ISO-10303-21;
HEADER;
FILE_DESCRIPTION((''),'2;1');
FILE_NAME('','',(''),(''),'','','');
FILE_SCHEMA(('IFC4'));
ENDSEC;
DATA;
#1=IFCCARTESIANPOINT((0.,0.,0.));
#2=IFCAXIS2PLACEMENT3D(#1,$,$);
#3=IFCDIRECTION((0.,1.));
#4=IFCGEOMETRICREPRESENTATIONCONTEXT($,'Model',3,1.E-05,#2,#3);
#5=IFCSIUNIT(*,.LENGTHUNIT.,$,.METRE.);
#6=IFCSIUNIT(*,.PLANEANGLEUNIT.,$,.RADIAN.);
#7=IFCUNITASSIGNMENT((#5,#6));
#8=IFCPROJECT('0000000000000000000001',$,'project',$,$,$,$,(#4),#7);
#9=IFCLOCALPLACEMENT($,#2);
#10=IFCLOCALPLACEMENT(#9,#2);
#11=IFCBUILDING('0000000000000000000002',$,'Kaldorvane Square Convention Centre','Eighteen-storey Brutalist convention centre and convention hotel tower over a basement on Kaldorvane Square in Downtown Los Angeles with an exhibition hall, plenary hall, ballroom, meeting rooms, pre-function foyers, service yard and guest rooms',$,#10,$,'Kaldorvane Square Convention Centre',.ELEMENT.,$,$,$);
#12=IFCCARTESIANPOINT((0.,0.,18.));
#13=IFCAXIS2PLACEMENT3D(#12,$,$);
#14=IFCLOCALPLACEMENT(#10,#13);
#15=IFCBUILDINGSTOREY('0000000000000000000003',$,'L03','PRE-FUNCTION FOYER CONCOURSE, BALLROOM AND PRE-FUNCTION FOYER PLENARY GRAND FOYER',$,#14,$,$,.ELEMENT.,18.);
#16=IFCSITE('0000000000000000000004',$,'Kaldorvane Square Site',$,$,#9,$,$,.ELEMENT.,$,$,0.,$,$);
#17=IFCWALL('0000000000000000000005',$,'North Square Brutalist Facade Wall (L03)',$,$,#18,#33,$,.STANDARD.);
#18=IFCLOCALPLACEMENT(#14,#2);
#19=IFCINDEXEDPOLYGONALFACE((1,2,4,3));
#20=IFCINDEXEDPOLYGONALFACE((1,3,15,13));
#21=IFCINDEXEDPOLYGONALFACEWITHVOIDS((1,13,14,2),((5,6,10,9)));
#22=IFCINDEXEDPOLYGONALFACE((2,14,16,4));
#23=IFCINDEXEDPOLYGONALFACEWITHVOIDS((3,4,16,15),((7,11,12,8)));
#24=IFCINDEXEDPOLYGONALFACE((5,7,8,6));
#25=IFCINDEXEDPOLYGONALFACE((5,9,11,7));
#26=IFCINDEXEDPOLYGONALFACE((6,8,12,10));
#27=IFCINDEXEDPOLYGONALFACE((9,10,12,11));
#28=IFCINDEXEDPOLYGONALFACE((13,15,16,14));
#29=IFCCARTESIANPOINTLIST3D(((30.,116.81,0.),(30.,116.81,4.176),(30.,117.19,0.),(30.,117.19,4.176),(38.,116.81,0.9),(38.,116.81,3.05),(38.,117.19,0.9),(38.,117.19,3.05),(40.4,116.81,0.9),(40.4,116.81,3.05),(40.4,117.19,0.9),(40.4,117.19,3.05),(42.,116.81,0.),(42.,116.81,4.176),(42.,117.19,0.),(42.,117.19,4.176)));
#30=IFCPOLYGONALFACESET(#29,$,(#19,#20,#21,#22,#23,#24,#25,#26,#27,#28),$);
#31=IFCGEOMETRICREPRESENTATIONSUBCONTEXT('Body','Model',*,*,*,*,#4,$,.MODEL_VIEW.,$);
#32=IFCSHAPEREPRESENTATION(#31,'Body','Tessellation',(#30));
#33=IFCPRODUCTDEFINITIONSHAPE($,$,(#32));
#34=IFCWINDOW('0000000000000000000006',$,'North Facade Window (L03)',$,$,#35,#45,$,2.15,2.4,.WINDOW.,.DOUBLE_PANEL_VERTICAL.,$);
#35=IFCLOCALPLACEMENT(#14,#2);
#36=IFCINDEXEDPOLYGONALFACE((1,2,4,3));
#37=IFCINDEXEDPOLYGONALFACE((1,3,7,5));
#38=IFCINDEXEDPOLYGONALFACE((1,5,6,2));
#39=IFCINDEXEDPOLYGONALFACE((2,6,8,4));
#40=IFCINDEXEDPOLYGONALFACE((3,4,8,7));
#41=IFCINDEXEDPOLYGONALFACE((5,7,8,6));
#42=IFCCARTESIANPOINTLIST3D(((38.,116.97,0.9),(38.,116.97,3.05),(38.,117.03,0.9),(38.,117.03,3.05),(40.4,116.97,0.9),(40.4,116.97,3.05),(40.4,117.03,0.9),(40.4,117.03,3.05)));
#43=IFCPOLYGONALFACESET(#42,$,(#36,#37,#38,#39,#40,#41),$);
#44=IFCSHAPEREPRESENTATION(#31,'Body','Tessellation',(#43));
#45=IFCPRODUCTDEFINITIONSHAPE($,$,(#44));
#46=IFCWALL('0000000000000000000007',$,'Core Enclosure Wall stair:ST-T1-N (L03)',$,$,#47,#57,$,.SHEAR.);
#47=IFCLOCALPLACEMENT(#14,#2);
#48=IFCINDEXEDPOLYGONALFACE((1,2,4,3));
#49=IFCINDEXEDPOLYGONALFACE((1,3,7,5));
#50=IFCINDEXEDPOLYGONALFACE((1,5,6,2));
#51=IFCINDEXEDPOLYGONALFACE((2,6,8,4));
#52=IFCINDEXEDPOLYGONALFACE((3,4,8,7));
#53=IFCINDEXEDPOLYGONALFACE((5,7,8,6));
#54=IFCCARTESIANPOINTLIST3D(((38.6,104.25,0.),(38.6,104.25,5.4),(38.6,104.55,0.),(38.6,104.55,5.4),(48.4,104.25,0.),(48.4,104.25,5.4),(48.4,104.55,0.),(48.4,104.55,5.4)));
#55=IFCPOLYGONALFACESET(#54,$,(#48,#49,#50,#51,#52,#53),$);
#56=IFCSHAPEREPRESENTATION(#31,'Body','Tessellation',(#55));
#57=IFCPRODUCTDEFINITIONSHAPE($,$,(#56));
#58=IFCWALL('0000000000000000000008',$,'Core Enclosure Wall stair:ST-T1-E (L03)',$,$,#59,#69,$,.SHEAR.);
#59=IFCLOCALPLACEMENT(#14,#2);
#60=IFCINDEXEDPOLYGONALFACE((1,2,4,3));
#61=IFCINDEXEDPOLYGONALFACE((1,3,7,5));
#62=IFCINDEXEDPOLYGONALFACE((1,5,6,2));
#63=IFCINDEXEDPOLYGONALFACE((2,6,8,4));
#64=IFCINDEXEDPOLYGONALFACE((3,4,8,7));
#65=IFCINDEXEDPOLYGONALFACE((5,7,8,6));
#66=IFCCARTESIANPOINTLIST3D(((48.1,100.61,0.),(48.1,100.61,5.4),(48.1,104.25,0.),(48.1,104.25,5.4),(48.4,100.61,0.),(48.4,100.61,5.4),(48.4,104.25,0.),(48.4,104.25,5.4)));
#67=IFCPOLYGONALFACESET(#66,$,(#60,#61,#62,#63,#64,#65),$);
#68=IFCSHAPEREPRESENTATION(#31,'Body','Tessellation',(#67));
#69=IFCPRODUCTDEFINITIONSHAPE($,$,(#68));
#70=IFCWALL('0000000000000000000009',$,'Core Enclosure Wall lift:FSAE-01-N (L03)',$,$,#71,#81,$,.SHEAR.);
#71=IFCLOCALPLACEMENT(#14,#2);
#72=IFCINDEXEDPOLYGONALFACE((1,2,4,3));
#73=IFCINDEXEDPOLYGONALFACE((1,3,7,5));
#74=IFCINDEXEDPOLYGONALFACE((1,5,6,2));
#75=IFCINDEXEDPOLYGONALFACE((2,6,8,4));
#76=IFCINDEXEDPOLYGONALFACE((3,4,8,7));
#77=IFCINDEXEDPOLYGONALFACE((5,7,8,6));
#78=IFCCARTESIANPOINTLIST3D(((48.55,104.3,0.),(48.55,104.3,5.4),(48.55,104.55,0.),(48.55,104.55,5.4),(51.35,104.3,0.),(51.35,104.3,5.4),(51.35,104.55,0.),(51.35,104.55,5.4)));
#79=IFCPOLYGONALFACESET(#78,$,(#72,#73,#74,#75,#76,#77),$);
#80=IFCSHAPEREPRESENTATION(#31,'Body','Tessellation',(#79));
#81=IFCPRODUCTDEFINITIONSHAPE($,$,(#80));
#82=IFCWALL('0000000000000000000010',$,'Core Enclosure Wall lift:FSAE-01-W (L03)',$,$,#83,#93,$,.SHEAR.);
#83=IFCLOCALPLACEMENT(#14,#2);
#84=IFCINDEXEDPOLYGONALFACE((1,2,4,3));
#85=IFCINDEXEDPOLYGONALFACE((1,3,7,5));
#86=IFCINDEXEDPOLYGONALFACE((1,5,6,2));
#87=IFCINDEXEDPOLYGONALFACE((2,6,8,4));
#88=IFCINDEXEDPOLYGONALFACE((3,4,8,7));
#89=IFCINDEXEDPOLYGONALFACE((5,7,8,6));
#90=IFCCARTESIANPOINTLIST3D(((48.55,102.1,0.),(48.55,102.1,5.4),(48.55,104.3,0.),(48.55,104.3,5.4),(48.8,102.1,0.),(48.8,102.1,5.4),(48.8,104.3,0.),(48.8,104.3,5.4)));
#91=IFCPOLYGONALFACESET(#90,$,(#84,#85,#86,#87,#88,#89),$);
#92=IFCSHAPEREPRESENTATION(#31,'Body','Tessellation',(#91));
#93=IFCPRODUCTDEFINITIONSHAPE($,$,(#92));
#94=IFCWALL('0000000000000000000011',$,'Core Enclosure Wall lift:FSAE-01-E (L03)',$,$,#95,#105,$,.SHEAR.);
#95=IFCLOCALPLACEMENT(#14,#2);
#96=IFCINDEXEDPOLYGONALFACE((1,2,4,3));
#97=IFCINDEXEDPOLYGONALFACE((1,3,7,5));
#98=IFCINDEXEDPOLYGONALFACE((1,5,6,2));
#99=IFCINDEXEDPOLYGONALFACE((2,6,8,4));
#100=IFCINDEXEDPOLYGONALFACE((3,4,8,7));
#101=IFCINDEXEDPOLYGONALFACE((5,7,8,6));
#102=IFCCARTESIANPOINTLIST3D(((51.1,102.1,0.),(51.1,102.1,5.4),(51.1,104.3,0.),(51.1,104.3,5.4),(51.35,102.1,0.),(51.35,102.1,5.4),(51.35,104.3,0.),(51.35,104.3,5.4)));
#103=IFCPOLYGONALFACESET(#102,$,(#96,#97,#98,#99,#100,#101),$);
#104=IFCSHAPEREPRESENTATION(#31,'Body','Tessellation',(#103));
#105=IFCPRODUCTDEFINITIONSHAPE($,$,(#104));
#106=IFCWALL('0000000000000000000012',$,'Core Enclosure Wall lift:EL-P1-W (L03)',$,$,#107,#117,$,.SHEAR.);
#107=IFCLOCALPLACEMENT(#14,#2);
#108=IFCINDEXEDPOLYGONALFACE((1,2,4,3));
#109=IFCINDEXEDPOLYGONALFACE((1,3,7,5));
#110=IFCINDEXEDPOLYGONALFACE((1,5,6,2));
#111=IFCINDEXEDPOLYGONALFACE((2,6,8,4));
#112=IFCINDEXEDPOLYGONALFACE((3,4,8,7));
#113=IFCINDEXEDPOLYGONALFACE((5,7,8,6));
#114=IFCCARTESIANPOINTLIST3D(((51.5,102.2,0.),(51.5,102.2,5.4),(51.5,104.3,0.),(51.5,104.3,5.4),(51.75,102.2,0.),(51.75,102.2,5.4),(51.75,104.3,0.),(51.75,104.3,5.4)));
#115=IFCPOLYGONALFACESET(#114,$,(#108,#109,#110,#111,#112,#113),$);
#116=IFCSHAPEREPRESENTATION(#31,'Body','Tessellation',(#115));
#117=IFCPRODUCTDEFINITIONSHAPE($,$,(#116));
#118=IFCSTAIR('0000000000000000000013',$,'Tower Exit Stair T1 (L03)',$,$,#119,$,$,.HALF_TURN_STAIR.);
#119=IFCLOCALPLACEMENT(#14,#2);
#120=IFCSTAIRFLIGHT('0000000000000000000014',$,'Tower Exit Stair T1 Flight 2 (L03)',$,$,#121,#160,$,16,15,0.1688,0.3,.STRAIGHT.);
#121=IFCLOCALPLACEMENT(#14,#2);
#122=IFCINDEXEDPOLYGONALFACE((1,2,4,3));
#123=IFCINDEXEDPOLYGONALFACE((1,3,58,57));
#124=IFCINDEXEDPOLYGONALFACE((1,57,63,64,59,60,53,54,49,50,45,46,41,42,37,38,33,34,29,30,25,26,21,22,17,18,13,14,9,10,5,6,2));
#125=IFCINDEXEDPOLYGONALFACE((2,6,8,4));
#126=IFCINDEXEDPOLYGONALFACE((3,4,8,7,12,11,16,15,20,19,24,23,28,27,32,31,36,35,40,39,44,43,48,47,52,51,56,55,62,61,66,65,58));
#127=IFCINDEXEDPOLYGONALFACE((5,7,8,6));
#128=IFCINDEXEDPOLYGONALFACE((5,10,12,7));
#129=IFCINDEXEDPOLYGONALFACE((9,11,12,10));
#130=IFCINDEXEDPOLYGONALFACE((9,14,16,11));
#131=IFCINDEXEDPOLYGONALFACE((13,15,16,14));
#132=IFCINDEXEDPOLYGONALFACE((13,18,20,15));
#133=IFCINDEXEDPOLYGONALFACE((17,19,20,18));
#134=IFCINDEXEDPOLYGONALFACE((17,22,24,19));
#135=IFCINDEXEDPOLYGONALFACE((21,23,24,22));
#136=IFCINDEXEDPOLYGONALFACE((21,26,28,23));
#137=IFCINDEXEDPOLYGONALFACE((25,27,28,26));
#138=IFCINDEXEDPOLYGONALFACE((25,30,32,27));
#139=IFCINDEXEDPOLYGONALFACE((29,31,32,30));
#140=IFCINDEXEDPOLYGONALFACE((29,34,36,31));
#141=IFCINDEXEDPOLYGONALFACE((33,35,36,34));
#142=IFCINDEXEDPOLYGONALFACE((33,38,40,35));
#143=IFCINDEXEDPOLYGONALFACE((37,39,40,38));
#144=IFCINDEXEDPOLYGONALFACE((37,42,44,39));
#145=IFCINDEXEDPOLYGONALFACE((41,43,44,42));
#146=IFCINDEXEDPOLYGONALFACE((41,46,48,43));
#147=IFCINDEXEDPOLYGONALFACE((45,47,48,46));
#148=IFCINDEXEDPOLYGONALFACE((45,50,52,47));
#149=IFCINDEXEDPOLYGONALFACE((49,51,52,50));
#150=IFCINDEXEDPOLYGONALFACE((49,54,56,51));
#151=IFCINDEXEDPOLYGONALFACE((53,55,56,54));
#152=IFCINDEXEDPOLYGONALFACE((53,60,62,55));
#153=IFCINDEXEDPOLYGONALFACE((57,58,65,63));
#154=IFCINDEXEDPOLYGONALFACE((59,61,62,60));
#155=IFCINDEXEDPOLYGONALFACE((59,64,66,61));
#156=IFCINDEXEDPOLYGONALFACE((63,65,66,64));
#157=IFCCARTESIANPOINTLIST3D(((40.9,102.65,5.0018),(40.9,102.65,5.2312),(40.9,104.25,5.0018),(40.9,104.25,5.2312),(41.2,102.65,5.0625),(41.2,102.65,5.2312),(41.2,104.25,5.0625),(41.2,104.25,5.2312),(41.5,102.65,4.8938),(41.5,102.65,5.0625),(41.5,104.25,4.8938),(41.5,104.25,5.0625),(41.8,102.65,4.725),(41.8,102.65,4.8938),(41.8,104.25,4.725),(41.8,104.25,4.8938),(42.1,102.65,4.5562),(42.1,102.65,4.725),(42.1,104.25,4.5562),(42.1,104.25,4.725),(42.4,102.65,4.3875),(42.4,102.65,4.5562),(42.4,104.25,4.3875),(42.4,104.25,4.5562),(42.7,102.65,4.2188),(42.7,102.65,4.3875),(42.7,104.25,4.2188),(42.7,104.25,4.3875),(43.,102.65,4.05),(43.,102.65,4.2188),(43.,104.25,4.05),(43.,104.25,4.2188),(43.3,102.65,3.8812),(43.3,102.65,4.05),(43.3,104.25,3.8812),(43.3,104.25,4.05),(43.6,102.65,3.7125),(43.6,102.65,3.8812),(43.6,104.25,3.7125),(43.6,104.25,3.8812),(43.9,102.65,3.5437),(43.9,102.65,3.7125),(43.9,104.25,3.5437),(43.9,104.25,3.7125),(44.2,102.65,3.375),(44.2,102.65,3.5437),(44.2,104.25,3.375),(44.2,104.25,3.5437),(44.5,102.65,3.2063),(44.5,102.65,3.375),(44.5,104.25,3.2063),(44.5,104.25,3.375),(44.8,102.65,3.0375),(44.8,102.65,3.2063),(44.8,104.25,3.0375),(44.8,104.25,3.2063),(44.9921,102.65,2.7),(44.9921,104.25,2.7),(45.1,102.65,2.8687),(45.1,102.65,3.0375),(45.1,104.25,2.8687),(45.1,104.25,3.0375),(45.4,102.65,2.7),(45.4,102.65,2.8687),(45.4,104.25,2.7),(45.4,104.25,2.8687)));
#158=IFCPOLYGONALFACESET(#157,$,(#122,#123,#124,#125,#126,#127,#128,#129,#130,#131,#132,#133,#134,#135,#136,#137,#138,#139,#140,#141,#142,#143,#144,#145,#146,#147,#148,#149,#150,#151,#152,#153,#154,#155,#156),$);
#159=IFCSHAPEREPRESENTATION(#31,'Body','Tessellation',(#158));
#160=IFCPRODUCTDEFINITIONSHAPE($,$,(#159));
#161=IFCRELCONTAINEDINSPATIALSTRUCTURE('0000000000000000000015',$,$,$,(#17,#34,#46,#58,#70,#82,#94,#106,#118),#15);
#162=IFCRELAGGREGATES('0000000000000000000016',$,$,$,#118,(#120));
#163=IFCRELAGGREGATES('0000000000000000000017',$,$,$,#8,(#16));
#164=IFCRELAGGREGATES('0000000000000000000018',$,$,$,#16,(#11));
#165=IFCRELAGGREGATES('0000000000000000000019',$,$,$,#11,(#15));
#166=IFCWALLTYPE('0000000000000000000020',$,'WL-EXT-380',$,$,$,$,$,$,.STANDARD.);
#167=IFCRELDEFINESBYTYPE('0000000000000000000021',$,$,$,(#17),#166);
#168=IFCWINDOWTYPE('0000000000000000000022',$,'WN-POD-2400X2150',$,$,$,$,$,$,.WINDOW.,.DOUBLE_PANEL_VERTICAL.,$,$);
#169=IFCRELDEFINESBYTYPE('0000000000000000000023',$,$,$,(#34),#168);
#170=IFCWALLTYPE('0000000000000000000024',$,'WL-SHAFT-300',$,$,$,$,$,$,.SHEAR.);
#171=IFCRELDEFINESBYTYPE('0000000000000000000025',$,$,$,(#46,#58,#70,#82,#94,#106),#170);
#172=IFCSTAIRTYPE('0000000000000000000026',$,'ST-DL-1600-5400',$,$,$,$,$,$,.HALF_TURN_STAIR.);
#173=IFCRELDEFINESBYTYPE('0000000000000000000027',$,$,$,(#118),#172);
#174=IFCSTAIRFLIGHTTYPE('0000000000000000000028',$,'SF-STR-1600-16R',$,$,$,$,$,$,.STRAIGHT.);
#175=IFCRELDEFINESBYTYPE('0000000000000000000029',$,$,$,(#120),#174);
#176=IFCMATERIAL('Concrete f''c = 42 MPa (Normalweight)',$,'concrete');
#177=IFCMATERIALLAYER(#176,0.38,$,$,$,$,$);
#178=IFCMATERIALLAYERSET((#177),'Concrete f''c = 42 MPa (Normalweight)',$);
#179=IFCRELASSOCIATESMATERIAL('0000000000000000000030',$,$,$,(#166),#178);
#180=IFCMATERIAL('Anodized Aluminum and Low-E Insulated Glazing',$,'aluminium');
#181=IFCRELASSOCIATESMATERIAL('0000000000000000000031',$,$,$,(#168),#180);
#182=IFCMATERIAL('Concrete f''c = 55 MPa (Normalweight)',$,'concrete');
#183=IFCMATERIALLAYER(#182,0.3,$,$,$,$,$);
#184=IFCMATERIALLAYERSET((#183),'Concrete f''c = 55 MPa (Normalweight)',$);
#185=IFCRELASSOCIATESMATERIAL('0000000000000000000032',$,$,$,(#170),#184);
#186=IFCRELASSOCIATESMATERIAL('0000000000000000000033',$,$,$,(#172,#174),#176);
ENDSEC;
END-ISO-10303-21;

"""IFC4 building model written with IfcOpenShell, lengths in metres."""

from ifc_helpers import new_model, si_unit, direction, frame, frame_2d, origin, place, context, subcontext, project, spatial, polyline, rectangle, outline, extrude, material, layer, layer_set, type_object, element, fill, aggregate, save


model = new_model("IFC4")

# Units and contexts
model_context = context("Model", 3, precision=1e-05, world=origin(), true_north=direction((0.0, 1.0)))
body_context = subcontext(model_context, "Body", "Model", "MODEL_VIEW")
ifc_project = project(units=[si_unit("LENGTHUNIT", "METRE"), si_unit("PLANEANGLEUNIT", "RADIAN")], contexts=[model_context])

# Site, building, storey
site_placement = place(None, origin())
site = spatial("IfcSite", under=ifc_project, at=site_placement, Name="Kaldorvane Square Site", CompositionType="ELEMENT", RefElevation=0.0)
building_placement = place(site_placement, origin())
building = spatial("IfcBuilding", under=site, at=building_placement, Name="Kaldorvane Square Convention Centre", Description="Eighteen-storey Brutalist convention centre and convention hotel tower over a basement on Kaldorvane Square in Downtown Los Angeles with an exhibition hall, plenary hall, ballroom, meeting rooms, pre-function foyers, service yard and guest rooms", LongName="Kaldorvane Square Convention Centre", CompositionType="ELEMENT")
storey_placement = place(building_placement, frame((0.0, 0.0, 18.0)))
storey = spatial("IfcBuildingStorey", under=building, at=storey_placement, Name="L03", Description="PRE-FUNCTION FOYER CONCOURSE, BALLROOM AND PRE-FUNCTION FOYER PLENARY GRAND FOYER", CompositionType="ELEMENT", Elevation=18.0)

# Shared definitions
ifc_material_1 = material(Name="Concrete f'c = 55 MPa (Normalweight)", Category="concrete")

# Shared definitions
ifc_material_2 = material(Name="Concrete f'c = 42 MPa (Normalweight)", Category="concrete")

# Wall, opening, window
ifc_layer_1 = layer(ifc_material_2, 0.38)
ifc_layer_set_1 = layer_set([ifc_layer_1], Name="Concrete f'c = 42 MPa (Normalweight)")
wall_type_1 = type_object("IfcWallType", Name="WL-EXT-380", PredefinedType="STANDARD", material=ifc_layer_set_1)
wall_1_placement = place(storey_placement, frame((42.0, 117.0, 0.0), z_axis=(0.0, 0.0, 1.0), x_axis=(-1.0, 0.0, 0.0)))
wall_1 = element("IfcWall", 1, at=wall_1_placement, inside=storey, type_object=wall_type_1, Name="North Square Brutalist Facade Wall (L03)", PredefinedType="STANDARD", context=body_context, shape_type="SweptSolid", body=[
    extrude(rectangle(XDim=12.0, YDim=0.38, at=frame_2d((6.0, 0.0))), origin(), (0.0, 0.0, 1.0), 4.176),
])
opening_1_placement = place(wall_1_placement, frame((1.6, 0.0, 0.9)))
opening_1 = element("IfcOpeningElement", 2, at=opening_1_placement, cuts=wall_1, PredefinedType="OPENING", context=body_context, shape_type="SweptSolid", body=[
    extrude(rectangle(XDim=2.4, YDim=2.15, at=frame_2d((1.2, 1.075))), frame((0.0, 0.205, 0.0), z_axis=(0.0, -1.0, 0.0), x_axis=(1.0, 0.0, 0.0)), (0.0, 0.0, 1.0), 0.41),
])
ifc_material_3 = material(Name="Anodized Aluminum and Low-E Insulated Glazing", Category="aluminium")
window_type = type_object("IfcWindowType", Name="WN-POD-2400X2150", PartitioningType="DOUBLE_PANEL_VERTICAL", PredefinedType="WINDOW", material=ifc_material_3)
window_placement = place(opening_1_placement, origin())
window = element("IfcWindow", 3, at=window_placement, inside=storey, type_object=window_type, Name="North Facade Window (L03)", OverallHeight=2.15, OverallWidth=2.4, PartitioningType="DOUBLE_PANEL_VERTICAL", PredefinedType="WINDOW", context=body_context, shape_type="SweptSolid", body=[
    extrude(rectangle(XDim=2.4, YDim=2.15, at=frame_2d((1.2, 1.075))), frame((0.0, 0.03, 0.0), z_axis=(0.0, -1.0, 0.0), x_axis=(1.0, 0.0, 0.0)), (0.0, 0.0, 1.0), 0.06),
])
fill(opening_1, window)

# Walls
ifc_layer_2 = layer(ifc_material_1, 0.3)
ifc_layer_set_2 = layer_set([ifc_layer_2], Name="Concrete f'c = 55 MPa (Normalweight)")
wall_type_2 = type_object("IfcWallType", Name="WL-SHAFT-300", PredefinedType="SHEAR", material=ifc_layer_set_2)
wall_2_placement = place(storey_placement, frame((48.4, 104.4, 0.0), z_axis=(0.0, 0.0, 1.0), x_axis=(-1.0, 0.0, 0.0)))
element("IfcWall", 4, at=wall_2_placement, inside=storey, type_object=wall_type_2, Name="Core Enclosure Wall stair:ST-T1-N (L03)", PredefinedType="SHEAR", context=body_context, shape_type="SweptSolid", body=[
    extrude(rectangle(XDim=9.8, YDim=0.3, at=frame_2d((4.9, 0.0))), origin(), (0.0, 0.0, 1.0), 5.4),
])
wall_3_placement = place(storey_placement, frame((48.25, 100.61, 0.0), z_axis=(0.0, 0.0, 1.0), x_axis=(0.0, 1.0, 0.0)))
element("IfcWall", 5, at=wall_3_placement, inside=storey, type_object=wall_type_2, Name="Core Enclosure Wall stair:ST-T1-E (L03)", PredefinedType="SHEAR", context=body_context, shape_type="SweptSolid", body=[
    extrude(rectangle(XDim=3.64, YDim=0.3, at=frame_2d((1.82, 0.0))), origin(), (0.0, 0.0, 1.0), 5.4),
])

# Walls
wall_4_placement = place(storey_placement, frame((51.35, 104.425, 0.0), z_axis=(0.0, 0.0, 1.0), x_axis=(-1.0, 0.0, 0.0)))
element("IfcWall", 6, at=wall_4_placement, inside=storey, type_object=wall_type_2, Name="Core Enclosure Wall lift:FSAE-01-N (L03)", PredefinedType="SHEAR", context=body_context, shape_type="SweptSolid", body=[
    extrude(rectangle(XDim=2.8, YDim=0.25, at=frame_2d((1.4, 0.0))), origin(), (0.0, 0.0, 1.0), 5.4),
])
for number, where, z_axis, x_axis, name in (
    (7, (48.675, 104.3, 0.0), (0.0, 0.0, 1.0), (0.0, -1.0, 0.0), "Core Enclosure Wall lift:FSAE-01-W (L03)"),
    (8, (51.225, 102.1, 0.0), (0.0, 0.0, 1.0), (0.0, 1.0, 0.0), "Core Enclosure Wall lift:FSAE-01-E (L03)"),
):
    element("IfcWall", number, at=place(storey_placement, frame(where, z_axis=z_axis, x_axis=x_axis)), inside=storey, type_object=wall_type_2, Name=name, PredefinedType="SHEAR", context=body_context, shape_type="SweptSolid", body=[
        extrude(rectangle(XDim=2.2, YDim=0.25, at=frame_2d((1.1, 0.0))), origin(), (0.0, 0.0, 1.0), 5.4),
    ])

# Wall
wall_5_placement = place(storey_placement, frame((51.625, 104.3, 0.0), z_axis=(0.0, 0.0, 1.0), x_axis=(0.0, -1.0, 0.0)))
element("IfcWall", 9, at=wall_5_placement, inside=storey, type_object=wall_type_2, Name="Core Enclosure Wall lift:EL-P1-W (L03)", PredefinedType="SHEAR", context=body_context, shape_type="SweptSolid", body=[
    extrude(rectangle(XDim=2.1, YDim=0.25, at=frame_2d((1.05, 0.0))), origin(), (0.0, 0.0, 1.0), 5.4),
])

# Stair, stair flight
stair_type = type_object("IfcStairType", Name="ST-DL-1600-5400", PredefinedType="HALF_TURN_STAIR", material=ifc_material_2)
stair_placement = place(storey_placement, origin())
stair = element("IfcStair", 10, at=stair_placement, inside=storey, type_object=stair_type, Name="Tower Exit Stair T1 (L03)", PredefinedType="HALF_TURN_STAIR")
stair_flight_type = type_object("IfcStairFlightType", Name="SF-STR-1600-16R", PredefinedType="STRAIGHT", material=ifc_material_2)
stair_flight_placement = place(storey_placement, frame((45.4, 103.45, 2.7), z_axis=(0.0, 0.0, 1.0), x_axis=(-1.0, 0.0, 0.0)))
stair_flight = element("IfcStairFlight", 11, at=stair_flight_placement, type_object=stair_flight_type, Name="Tower Exit Stair T1 Flight 2 (L03)", NumberOfRisers=16, NumberOfTreads=15, PredefinedType="STRAIGHT", RiserHeight=0.1688, TreadLength=0.3, context=body_context, shape_type="SweptSolid", body=[
    extrude(outline(polyline([(0.0, 0.0), (0.0, 0.1687), (0.3, 0.1687), (0.3, 0.3375), (0.6, 0.3375), (0.6, 0.5063), (0.9, 0.5063), (0.9, 0.675), (1.2, 0.675), (1.2, 0.8438), (1.5, 0.8438), (1.5, 1.0125), (1.8, 1.0125), (1.8, 1.1812), (2.1, 1.1812), (2.1, 1.35), (2.4, 1.35), (2.4, 1.5188), (2.7, 1.5188), (2.7, 1.6875), (3.0, 1.6875), (3.0, 1.8562), (3.3, 1.8562), (3.3, 2.025), (3.6, 2.025), (3.6, 2.1938), (3.9, 2.1938), (3.9, 2.3625), (4.2, 2.3625), (4.2, 2.5312), (4.5, 2.5312), (4.5, 2.7), (4.5, 2.3018), (0.4079, 0.0), (0.0, 0.0)])), frame((0.0, 0.8, 0.0), z_axis=(0.0, -1.0, 0.0), x_axis=(1.0, 0.0, 0.0)), (0.0, 0.0, 1.0), 1.6),
])
aggregate(stair, [stair_flight])

save(model, "model.ifc")
